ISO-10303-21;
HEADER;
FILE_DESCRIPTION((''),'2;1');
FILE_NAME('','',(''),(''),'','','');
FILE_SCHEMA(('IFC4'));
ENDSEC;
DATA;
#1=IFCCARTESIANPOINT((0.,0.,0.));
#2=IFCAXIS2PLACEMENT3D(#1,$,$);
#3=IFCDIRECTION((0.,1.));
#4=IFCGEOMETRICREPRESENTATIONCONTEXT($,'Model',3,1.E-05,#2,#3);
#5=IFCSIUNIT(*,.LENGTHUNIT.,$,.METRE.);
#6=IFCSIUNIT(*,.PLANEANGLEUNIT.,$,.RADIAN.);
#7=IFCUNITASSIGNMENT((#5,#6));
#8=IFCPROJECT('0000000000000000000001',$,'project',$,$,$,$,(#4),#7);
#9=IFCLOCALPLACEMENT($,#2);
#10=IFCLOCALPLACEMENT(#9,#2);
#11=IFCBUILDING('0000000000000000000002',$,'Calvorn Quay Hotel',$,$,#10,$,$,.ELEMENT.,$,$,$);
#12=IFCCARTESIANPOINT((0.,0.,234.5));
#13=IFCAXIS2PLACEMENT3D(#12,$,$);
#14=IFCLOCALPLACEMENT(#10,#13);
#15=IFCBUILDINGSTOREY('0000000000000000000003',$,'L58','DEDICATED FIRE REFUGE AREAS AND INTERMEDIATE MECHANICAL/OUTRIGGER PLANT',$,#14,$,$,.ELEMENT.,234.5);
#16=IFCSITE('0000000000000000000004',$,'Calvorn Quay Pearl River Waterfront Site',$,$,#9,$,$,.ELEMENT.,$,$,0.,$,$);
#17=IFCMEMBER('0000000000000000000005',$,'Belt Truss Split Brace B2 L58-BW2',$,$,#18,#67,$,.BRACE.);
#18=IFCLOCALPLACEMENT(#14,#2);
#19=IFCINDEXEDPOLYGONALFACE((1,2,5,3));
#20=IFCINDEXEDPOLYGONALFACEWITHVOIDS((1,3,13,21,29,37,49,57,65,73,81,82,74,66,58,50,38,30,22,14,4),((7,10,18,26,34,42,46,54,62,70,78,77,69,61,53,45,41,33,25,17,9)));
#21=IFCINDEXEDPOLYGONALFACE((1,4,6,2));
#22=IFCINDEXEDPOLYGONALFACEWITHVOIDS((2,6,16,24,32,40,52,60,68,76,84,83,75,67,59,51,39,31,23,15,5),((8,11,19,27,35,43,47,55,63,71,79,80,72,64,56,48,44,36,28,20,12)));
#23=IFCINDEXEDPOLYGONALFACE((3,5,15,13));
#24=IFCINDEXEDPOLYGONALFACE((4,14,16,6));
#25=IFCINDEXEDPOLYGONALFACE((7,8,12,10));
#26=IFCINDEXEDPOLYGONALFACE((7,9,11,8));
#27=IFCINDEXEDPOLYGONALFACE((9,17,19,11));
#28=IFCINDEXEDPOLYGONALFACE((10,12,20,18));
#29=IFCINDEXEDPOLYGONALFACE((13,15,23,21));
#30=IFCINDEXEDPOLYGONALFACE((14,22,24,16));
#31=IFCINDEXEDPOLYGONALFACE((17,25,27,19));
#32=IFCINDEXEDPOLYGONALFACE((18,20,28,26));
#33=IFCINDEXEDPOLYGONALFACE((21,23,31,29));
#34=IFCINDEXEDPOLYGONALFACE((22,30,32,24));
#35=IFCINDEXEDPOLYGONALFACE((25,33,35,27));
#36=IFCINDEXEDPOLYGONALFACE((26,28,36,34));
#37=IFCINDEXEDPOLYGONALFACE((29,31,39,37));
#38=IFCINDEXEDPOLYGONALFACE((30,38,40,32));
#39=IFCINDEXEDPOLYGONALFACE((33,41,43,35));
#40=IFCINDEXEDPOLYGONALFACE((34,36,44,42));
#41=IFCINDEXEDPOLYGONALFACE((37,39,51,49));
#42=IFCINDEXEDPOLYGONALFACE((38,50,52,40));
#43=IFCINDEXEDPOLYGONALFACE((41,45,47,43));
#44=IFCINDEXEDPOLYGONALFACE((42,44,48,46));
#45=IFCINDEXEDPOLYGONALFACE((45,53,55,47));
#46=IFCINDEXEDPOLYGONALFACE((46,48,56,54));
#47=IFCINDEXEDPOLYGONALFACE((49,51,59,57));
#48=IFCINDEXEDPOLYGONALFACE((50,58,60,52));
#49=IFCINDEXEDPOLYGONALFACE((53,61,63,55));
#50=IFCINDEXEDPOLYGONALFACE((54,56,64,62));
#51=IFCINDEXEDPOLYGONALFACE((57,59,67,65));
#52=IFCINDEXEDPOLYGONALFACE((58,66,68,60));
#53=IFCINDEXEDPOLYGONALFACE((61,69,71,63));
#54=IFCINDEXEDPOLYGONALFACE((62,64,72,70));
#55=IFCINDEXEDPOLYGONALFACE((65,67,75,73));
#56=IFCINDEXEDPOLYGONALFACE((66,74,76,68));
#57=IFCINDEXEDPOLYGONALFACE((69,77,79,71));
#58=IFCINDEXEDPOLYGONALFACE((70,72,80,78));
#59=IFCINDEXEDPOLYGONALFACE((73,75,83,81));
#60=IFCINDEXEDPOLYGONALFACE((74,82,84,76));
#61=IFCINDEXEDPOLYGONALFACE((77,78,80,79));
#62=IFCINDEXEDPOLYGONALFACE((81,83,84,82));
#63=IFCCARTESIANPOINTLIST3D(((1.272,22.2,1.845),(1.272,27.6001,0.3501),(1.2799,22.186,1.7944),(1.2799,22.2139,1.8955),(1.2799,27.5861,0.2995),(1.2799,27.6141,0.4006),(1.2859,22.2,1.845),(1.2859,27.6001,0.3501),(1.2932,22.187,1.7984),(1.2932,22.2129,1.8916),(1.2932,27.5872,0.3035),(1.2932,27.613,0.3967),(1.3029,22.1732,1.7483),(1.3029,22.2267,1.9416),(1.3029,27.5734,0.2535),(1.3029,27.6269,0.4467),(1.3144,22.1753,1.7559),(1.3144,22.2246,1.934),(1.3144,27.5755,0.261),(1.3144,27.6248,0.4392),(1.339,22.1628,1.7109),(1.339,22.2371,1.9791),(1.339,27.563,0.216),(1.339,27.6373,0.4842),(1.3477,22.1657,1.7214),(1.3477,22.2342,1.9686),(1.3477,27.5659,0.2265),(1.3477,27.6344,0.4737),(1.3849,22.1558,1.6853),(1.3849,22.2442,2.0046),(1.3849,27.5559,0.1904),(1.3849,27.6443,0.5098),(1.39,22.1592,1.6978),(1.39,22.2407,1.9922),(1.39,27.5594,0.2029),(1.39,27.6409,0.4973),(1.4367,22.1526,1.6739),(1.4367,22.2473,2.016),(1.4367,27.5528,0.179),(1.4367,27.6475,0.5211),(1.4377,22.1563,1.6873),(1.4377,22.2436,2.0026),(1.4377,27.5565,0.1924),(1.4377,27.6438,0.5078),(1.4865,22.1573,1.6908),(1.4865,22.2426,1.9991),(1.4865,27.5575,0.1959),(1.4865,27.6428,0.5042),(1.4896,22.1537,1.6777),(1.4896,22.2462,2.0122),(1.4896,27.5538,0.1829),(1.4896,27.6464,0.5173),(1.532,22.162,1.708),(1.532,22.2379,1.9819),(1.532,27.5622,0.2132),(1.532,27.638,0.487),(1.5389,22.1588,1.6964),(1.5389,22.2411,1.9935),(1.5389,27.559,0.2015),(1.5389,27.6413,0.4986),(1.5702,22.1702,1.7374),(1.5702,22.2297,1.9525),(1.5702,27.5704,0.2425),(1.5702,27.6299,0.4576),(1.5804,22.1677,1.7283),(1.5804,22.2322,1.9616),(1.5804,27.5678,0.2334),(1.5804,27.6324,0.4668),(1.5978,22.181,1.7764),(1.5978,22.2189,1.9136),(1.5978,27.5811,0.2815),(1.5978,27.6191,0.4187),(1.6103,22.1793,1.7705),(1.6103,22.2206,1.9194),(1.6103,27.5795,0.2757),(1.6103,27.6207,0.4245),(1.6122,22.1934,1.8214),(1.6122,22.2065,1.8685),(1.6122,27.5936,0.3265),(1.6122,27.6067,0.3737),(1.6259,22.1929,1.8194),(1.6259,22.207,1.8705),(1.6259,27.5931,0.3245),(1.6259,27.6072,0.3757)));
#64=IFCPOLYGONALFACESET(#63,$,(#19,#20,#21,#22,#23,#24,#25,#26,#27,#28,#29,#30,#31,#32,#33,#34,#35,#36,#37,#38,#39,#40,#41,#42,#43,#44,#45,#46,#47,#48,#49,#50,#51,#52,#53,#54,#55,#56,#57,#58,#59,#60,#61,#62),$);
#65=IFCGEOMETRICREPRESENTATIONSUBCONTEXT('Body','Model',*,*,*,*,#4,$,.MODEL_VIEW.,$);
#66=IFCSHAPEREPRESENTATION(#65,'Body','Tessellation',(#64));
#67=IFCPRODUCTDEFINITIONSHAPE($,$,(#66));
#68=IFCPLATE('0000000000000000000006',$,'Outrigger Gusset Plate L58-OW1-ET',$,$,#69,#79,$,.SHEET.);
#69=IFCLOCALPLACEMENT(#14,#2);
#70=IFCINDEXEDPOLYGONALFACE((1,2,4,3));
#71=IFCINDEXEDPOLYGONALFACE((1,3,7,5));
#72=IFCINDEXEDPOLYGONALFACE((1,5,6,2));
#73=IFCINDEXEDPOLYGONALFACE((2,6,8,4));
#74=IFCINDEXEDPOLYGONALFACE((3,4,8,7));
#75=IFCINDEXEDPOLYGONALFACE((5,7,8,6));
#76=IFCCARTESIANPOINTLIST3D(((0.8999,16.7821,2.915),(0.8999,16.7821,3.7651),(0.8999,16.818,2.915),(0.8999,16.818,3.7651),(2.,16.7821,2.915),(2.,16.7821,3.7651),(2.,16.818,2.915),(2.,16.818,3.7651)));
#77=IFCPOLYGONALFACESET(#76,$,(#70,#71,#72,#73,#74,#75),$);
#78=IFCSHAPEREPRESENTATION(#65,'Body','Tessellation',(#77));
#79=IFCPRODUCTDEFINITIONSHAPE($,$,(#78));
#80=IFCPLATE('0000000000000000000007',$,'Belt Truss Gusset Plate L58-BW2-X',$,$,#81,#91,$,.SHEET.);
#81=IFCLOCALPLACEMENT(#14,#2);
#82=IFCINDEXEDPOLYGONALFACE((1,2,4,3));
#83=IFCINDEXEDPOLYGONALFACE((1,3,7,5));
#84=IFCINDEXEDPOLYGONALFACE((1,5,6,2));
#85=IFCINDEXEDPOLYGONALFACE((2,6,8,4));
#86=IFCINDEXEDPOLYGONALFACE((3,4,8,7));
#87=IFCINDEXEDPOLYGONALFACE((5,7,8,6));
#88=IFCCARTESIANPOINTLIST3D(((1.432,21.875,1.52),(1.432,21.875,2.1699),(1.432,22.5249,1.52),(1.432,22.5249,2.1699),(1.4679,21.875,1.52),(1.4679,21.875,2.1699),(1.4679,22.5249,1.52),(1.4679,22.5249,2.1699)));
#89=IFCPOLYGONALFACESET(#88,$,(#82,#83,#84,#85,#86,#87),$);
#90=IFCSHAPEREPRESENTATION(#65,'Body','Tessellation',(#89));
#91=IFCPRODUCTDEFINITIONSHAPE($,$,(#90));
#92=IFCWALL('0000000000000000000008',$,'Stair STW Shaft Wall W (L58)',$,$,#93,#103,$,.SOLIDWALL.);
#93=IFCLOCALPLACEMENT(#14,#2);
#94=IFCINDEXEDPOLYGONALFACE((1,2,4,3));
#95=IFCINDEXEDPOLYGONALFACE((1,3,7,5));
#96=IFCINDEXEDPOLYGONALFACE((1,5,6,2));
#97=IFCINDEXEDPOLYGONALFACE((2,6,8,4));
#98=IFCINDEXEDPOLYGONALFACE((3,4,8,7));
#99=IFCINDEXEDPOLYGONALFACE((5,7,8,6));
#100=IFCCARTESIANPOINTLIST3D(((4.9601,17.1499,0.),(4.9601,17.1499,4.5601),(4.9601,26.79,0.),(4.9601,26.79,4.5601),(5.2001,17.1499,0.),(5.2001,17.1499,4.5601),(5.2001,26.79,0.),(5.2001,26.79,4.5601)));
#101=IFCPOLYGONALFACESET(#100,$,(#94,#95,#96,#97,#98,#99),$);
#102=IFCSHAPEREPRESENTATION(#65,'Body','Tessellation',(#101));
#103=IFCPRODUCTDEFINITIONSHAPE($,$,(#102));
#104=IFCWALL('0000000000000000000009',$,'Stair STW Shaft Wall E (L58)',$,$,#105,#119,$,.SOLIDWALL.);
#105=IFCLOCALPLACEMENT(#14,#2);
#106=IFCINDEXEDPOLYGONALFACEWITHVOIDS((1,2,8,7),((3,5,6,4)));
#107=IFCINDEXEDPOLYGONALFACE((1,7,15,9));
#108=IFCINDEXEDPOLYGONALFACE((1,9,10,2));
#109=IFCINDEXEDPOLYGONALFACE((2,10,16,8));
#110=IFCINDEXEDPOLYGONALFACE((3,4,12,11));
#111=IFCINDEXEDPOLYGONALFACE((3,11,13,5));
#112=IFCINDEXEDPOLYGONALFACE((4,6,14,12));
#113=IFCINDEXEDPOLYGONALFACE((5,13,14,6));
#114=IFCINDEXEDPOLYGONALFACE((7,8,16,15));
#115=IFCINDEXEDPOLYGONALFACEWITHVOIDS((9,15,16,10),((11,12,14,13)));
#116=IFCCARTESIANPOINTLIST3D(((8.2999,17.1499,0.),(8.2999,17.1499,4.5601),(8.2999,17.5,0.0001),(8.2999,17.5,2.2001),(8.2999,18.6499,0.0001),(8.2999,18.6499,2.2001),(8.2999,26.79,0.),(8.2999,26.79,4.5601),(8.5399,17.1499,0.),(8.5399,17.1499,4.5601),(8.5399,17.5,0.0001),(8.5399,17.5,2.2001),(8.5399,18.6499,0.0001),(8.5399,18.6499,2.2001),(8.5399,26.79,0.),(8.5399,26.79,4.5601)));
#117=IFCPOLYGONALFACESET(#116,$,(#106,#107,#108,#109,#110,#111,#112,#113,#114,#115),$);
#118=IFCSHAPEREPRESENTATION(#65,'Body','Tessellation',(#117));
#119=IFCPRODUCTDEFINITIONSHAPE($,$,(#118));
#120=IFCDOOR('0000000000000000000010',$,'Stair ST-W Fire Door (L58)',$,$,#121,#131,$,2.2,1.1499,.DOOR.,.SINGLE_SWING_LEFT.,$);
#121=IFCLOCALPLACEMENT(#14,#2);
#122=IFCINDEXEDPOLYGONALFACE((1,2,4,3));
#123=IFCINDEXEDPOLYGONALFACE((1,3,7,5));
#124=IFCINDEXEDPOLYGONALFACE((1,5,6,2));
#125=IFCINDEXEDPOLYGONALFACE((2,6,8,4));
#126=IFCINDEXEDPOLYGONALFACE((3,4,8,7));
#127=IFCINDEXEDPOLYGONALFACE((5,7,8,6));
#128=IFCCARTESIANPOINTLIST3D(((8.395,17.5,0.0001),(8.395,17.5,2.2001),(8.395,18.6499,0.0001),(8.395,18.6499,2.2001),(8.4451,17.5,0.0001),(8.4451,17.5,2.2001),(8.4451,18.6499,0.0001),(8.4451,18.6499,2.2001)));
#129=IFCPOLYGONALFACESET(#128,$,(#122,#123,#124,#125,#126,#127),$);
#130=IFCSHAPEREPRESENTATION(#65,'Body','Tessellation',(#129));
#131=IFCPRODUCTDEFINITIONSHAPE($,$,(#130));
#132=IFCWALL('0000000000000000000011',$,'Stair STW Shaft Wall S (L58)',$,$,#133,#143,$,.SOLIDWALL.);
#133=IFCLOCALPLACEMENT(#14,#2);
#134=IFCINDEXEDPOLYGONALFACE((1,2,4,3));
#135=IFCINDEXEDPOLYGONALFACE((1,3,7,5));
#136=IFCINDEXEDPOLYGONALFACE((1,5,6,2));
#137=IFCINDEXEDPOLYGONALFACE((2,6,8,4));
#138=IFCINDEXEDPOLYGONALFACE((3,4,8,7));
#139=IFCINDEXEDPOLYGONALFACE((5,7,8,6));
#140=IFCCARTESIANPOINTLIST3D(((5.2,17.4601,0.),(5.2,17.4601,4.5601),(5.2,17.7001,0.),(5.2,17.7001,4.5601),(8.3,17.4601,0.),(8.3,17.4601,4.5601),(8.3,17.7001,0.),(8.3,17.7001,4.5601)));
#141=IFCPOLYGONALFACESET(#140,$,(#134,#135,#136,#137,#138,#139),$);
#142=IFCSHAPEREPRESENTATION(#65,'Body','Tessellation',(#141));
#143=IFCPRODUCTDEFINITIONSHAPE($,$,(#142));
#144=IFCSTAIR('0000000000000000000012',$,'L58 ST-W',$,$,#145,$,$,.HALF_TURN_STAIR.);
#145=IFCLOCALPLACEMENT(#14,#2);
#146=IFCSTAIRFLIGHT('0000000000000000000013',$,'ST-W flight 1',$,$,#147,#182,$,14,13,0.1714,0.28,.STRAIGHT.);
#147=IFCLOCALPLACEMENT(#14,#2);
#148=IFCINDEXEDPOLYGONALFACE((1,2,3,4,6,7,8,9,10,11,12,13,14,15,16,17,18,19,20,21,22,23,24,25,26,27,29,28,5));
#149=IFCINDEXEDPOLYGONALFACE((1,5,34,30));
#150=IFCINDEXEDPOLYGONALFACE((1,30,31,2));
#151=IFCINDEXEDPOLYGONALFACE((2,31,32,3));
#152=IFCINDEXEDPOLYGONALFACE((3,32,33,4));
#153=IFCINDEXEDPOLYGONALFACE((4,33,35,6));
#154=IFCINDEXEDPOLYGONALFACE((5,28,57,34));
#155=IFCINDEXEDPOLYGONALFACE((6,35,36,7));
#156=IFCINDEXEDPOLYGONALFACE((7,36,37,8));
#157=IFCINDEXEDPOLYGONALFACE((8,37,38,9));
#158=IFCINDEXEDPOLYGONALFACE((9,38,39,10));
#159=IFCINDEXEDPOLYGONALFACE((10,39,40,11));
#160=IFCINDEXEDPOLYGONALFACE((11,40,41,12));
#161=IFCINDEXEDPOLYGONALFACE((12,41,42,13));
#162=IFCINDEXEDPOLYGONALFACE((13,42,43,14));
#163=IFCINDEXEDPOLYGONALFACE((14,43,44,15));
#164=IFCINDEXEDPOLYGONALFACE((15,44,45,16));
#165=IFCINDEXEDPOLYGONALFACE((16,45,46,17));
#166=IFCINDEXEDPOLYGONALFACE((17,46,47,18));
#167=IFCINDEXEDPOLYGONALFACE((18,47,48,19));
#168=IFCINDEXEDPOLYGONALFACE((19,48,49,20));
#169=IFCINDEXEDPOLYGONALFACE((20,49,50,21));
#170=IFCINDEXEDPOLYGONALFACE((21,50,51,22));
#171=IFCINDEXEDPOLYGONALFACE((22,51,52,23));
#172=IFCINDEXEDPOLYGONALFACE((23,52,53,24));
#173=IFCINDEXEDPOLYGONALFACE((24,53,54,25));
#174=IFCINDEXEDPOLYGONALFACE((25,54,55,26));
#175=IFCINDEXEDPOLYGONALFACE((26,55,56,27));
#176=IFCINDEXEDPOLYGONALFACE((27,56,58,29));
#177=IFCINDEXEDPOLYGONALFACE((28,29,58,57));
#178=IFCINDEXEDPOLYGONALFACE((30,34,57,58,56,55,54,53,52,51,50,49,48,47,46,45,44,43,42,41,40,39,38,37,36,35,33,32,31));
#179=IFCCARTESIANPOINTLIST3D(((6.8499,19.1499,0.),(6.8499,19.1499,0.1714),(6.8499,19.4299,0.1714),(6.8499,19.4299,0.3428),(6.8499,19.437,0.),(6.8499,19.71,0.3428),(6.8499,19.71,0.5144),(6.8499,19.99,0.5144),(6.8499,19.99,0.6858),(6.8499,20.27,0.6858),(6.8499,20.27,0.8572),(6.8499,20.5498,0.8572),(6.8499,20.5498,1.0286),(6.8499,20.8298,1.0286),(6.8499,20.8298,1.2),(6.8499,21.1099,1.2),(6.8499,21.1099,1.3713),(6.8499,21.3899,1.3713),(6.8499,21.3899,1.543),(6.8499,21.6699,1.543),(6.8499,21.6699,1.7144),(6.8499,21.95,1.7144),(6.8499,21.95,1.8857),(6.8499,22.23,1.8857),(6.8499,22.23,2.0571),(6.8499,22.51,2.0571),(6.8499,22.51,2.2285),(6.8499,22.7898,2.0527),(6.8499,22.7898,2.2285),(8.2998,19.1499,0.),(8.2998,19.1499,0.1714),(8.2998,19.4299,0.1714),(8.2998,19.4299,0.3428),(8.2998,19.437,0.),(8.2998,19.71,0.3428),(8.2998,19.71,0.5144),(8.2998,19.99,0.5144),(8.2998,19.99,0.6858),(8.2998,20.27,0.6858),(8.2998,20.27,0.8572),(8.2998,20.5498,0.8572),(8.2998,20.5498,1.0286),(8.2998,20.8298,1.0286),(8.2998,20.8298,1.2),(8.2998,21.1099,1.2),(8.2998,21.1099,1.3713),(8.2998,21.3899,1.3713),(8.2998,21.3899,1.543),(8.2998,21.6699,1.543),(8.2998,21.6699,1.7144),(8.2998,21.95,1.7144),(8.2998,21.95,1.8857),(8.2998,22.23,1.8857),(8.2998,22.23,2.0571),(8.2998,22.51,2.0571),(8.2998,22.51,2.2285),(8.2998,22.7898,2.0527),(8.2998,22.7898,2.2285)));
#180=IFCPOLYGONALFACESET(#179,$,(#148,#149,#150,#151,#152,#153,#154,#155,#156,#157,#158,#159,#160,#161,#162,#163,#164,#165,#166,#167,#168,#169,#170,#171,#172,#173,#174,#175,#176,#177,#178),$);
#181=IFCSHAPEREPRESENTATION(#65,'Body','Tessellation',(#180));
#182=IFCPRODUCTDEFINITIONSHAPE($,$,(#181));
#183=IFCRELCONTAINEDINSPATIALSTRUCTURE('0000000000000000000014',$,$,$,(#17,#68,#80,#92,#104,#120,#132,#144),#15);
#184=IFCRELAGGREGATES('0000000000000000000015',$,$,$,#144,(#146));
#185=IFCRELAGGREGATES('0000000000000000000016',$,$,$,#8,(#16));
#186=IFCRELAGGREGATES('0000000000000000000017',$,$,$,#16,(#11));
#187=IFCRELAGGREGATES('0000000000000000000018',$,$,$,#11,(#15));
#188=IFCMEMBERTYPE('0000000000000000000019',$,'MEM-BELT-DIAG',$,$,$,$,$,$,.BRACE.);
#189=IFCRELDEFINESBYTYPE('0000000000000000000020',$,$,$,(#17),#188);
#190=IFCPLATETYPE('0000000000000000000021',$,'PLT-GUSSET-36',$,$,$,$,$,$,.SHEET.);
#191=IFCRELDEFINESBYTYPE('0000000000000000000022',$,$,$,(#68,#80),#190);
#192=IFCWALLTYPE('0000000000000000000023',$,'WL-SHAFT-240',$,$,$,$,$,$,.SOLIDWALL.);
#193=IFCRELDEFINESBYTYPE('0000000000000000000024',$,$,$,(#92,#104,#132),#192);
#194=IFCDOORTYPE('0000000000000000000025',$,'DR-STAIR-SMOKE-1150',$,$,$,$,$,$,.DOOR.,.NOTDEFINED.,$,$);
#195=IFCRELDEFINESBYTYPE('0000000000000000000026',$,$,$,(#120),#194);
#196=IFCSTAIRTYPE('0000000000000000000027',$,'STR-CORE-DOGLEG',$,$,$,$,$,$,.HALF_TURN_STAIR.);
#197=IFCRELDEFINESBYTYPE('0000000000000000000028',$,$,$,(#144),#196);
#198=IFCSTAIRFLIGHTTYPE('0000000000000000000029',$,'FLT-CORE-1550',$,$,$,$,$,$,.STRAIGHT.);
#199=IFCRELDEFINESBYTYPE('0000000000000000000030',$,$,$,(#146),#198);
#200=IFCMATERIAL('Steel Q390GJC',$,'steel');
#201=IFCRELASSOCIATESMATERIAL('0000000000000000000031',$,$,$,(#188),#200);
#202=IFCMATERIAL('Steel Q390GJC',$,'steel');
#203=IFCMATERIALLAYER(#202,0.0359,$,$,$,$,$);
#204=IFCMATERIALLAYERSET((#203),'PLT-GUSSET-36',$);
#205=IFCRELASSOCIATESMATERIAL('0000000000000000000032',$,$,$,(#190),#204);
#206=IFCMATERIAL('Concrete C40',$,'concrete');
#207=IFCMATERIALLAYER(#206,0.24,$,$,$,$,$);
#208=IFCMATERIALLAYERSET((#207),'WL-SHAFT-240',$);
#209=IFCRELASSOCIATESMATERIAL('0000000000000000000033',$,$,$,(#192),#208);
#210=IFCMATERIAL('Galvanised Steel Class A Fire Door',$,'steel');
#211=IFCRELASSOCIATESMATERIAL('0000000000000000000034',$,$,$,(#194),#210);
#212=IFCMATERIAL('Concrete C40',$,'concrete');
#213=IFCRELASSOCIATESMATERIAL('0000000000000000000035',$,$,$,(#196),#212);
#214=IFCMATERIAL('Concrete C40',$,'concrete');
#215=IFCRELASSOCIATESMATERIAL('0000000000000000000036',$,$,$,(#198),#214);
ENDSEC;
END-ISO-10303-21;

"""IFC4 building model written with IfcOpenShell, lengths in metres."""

from ifc_helpers import new_model, si_unit, direction, frame, frame_2d, origin, origin_2d, place, context, subcontext, project, spatial, polyline, rectangle, hollow_circle, outline, extrude, material, layer, layer_set, material_profile, profile_set, type_object, element, fill, aggregate, save


model = new_model("IFC4")

# Units and contexts
model_context = context("Model", 3, precision=1e-05, world=origin(), true_north=direction((0.0, 1.0)))
body_context = subcontext(model_context, "Body", "Model", "MODEL_VIEW")
ifc_project = project(units=[si_unit("LENGTHUNIT", "METRE"), si_unit("PLANEANGLEUNIT", "RADIAN")], contexts=[model_context])

# Site, building, storey
site_placement = place(None, origin())
site = spatial("IfcSite", under=ifc_project, at=site_placement, Name="Calvorn Quay Pearl River Waterfront Site", CompositionType="ELEMENT", RefElevation=0.0)
building_placement = place(site_placement, origin())
building = spatial("IfcBuilding", under=site, at=building_placement, Name="Calvorn Quay Hotel", CompositionType="ELEMENT")
storey_placement = place(building_placement, frame((0.0, 0.0, 234.5)))
storey = spatial("IfcBuildingStorey", under=building, at=storey_placement, Name="L58", Description="DEDICATED FIRE REFUGE AREAS AND INTERMEDIATE MECHANICAL/OUTRIGGER PLANT", CompositionType="ELEMENT", Elevation=234.5)

# Member
ifc_material_1 = material(Name="Steel Q390GJC", Category="steel")
ifc_material_profile_1 = material_profile(ifc_material_1, hollow_circle(Radius=0.178, WallThickness=0.0139, at=origin_2d()), Name="CHS356x14")
ifc_profile_set_1 = profile_set([ifc_material_profile_1], Name="Steel Q390GJC")
member_type_1 = type_object("IfcMemberType", Name="MEM-BELT-DIAG", PredefinedType="BRACE", material=ifc_profile_set_1)
member_1_placement = place(storey_placement, frame((1.45, 22.2, 1.845), z_axis=(0.0, 0.963755, -0.266788), x_axis=(-1.0, 0.0, 0.0)))
element("IfcMember", 1, at=member_1_placement, inside=storey, type_object=member_type_1, Name="Belt Truss Split Brace B2 L58-BW2", PredefinedType="BRACE", context=body_context, shape_type="SweptSolid", body=[
    extrude(hollow_circle(Radius=0.178, WallThickness=0.0139, at=origin_2d()), origin(), (0.0, 0.0, 1.0), 5.6033),
])

# Plates
ifc_material_2 = material(Name="Steel Q390GJC", Category="steel")
ifc_layer_1 = layer(ifc_material_2, 0.0359)
ifc_layer_set_1 = layer_set([ifc_layer_1], Name="PLT-GUSSET-36")
plate_type = type_object("IfcPlateType", Name="PLT-GUSSET-36", PredefinedType="SHEET", material=ifc_layer_set_1)
plate_1_placement = place(storey_placement, frame((1.45, 16.8, 2.915), z_axis=(0.0, 0.0, 1.0), x_axis=(-1.0, 0.0, 0.0)))
element("IfcPlate", 2, at=plate_1_placement, inside=storey, type_object=plate_type, Name="Outrigger Gusset Plate L58-OW1-ET", PredefinedType="SHEET", context=body_context, shape_type="SweptSolid", body=[
    extrude(rectangle(XDim=1.1001, YDim=0.0359, at=origin_2d()), origin(), (0.0, 0.0, 1.0), 0.8501),
])
plate_2_placement = place(storey_placement, frame((1.45, 22.2, 1.52), z_axis=(0.0, 0.0, 1.0), x_axis=(0.0, 1.0, 0.0)))
element("IfcPlate", 3, at=plate_2_placement, inside=storey, type_object=plate_type, Name="Belt Truss Gusset Plate L58-BW2-X", PredefinedType="SHEET", context=body_context, shape_type="SweptSolid", body=[
    extrude(rectangle(XDim=0.6499, YDim=0.0359, at=origin_2d()), origin(), (0.0, 0.0, 1.0), 0.6499),
])

# Wall
ifc_material_3 = material(Name="Concrete C40", Category="concrete")
ifc_layer_2 = layer(ifc_material_3, 0.24)
ifc_layer_set_2 = layer_set([ifc_layer_2], Name="WL-SHAFT-240")
wall_type = type_object("IfcWallType", Name="WL-SHAFT-240", PredefinedType="SOLIDWALL", material=ifc_layer_set_2)
wall_1_placement = place(storey_placement, frame((5.0801, 17.1499, 0.0), z_axis=(0.0, 0.0, 1.0), x_axis=(0.0, 1.0, 0.0)))
element("IfcWall", 4, at=wall_1_placement, inside=storey, type_object=wall_type, Name="Stair STW Shaft Wall W (L58)", PredefinedType="SOLIDWALL", context=body_context, shape_type="SweptSolid", body=[
    extrude(rectangle(XDim=9.6401, YDim=0.24, at=frame_2d((4.8201, 0.0))), origin(), (0.0, 0.0, 1.0), 4.5601),
])

# Wall, opening, door
wall_2_placement = place(storey_placement, frame((8.4199, 17.1499, 0.0), z_axis=(0.0, 0.0, 1.0), x_axis=(0.0, 1.0, 0.0)))
wall_2 = element("IfcWall", 5, at=wall_2_placement, inside=storey, type_object=wall_type, Name="Stair STW Shaft Wall E (L58)", PredefinedType="SOLIDWALL", context=body_context, shape_type="SweptSolid", body=[
    extrude(rectangle(XDim=9.6401, YDim=0.24, at=frame_2d((4.8201, 0.0))), origin(), (0.0, 0.0, 1.0), 4.5601),
])
opening_placement = place(wall_2_placement, frame((0.3501, 0.0, 0.0)))
opening = element("IfcOpeningElement", 6, at=opening_placement, cuts=wall_2, PredefinedType="OPENING", context=body_context, shape_type="SweptSolid", body=[
    extrude(rectangle(XDim=1.1499, YDim=2.2, at=frame_2d((0.575, 1.1001))), frame((0.0, 0.1299, 0.0), z_axis=(0.0, -1.0, 0.0), x_axis=(1.0, 0.0, 0.0)), (0.0, 0.0, 1.0), 0.26),
])
ifc_material_4 = material(Name="Galvanised Steel Class A Fire Door", Category="steel")
door_type = type_object("IfcDoorType", Name="DR-STAIR-SMOKE-1150", OperationType="NOTDEFINED", PredefinedType="DOOR", material=ifc_material_4)
door_placement = place(opening_placement, origin())
door = element("IfcDoor", 7, at=door_placement, inside=storey, type_object=door_type, Name="Stair ST-W Fire Door (L58)", OperationType="SINGLE_SWING_LEFT", OverallHeight=2.2, OverallWidth=1.1499, PredefinedType="DOOR", context=body_context, shape_type="SweptSolid", body=[
    extrude(rectangle(XDim=1.1499, YDim=2.2, at=frame_2d((0.575, 1.1001))), frame((0.0, 0.0249, 0.0), z_axis=(0.0, -1.0, 0.0), x_axis=(1.0, 0.0, 0.0)), (0.0, 0.0, 1.0), 0.05),
])
fill(opening, door)

# Wall
wall_3_placement = place(storey_placement, frame((5.2, 17.5801, 0.0), z_axis=(0.0, 0.0, 1.0), x_axis=(1.0, 0.0, 0.0)))
element("IfcWall", 8, at=wall_3_placement, inside=storey, type_object=wall_type, Name="Stair STW Shaft Wall S (L58)", PredefinedType="SOLIDWALL", context=body_context, shape_type="SweptSolid", body=[
    extrude(rectangle(XDim=3.1001, YDim=0.24, at=frame_2d((1.55, 0.0))), origin(), (0.0, 0.0, 1.0), 4.5601),
])

# Stair, stair flight
ifc_material_5 = material(Name="Concrete C40", Category="concrete")
stair_type = type_object("IfcStairType", Name="STR-CORE-DOGLEG", PredefinedType="HALF_TURN_STAIR", material=ifc_material_5)
stair_placement = place(storey_placement, origin())
stair = element("IfcStair", 9, at=stair_placement, inside=storey, type_object=stair_type, Name="L58 ST-W", PredefinedType="HALF_TURN_STAIR")
ifc_material_6 = material(Name="Concrete C40", Category="concrete")
stair_flight_type = type_object("IfcStairFlightType", Name="FLT-CORE-1550", PredefinedType="STRAIGHT", material=ifc_material_6)
stair_flight_1_placement = place(storey_placement, frame((7.575, 19.1499, 0.0), z_axis=(0.0, 0.0, 1.0), x_axis=(0.0, 1.0, 0.0)))
stair_flight_1 = element("IfcStairFlight", 10, at=stair_flight_1_placement, type_object=stair_flight_type, Name="ST-W flight 1", NumberOfRisers=14, NumberOfTreads=13, PredefinedType="STRAIGHT", RiserHeight=0.1714, TreadLength=0.28, context=body_context, shape_type="SweptSolid", body=[
    extrude(outline(polyline([(0.0, 0.0), (0.0, 0.1714), (0.28, 0.1714), (0.28, 0.3428), (0.5601, 0.3428), (0.5601, 0.5144), (0.8401, 0.5144), (0.8401, 0.6858), (1.1201, 0.6858), (1.1201, 0.8572), (1.3999, 0.8572), (1.3999, 1.0286), (1.6799, 1.0286), (1.6799, 1.2), (1.96, 1.2), (1.96, 1.3713), (2.24, 1.3713), (2.24, 1.543), (2.52, 1.543), (2.52, 1.7144), (2.8, 1.7144), (2.8, 1.8857), (3.0801, 1.8857), (3.0801, 2.0571), (3.3601, 2.0571), (3.3601, 2.2285), (3.6399, 2.2285), (3.6399, 2.3999), (3.6399, 2.0527), (0.2871, 0.0), (0.0, 0.0)])), frame((0.0, 0.7251, 0.0), z_axis=(0.0, -1.0, 0.0), x_axis=(1.0, 0.0, 0.0)), (0.0, 0.0, 1.0), 1.45),
])
aggregate(stair, [stair_flight_1])

save(model, "model.ifc")
